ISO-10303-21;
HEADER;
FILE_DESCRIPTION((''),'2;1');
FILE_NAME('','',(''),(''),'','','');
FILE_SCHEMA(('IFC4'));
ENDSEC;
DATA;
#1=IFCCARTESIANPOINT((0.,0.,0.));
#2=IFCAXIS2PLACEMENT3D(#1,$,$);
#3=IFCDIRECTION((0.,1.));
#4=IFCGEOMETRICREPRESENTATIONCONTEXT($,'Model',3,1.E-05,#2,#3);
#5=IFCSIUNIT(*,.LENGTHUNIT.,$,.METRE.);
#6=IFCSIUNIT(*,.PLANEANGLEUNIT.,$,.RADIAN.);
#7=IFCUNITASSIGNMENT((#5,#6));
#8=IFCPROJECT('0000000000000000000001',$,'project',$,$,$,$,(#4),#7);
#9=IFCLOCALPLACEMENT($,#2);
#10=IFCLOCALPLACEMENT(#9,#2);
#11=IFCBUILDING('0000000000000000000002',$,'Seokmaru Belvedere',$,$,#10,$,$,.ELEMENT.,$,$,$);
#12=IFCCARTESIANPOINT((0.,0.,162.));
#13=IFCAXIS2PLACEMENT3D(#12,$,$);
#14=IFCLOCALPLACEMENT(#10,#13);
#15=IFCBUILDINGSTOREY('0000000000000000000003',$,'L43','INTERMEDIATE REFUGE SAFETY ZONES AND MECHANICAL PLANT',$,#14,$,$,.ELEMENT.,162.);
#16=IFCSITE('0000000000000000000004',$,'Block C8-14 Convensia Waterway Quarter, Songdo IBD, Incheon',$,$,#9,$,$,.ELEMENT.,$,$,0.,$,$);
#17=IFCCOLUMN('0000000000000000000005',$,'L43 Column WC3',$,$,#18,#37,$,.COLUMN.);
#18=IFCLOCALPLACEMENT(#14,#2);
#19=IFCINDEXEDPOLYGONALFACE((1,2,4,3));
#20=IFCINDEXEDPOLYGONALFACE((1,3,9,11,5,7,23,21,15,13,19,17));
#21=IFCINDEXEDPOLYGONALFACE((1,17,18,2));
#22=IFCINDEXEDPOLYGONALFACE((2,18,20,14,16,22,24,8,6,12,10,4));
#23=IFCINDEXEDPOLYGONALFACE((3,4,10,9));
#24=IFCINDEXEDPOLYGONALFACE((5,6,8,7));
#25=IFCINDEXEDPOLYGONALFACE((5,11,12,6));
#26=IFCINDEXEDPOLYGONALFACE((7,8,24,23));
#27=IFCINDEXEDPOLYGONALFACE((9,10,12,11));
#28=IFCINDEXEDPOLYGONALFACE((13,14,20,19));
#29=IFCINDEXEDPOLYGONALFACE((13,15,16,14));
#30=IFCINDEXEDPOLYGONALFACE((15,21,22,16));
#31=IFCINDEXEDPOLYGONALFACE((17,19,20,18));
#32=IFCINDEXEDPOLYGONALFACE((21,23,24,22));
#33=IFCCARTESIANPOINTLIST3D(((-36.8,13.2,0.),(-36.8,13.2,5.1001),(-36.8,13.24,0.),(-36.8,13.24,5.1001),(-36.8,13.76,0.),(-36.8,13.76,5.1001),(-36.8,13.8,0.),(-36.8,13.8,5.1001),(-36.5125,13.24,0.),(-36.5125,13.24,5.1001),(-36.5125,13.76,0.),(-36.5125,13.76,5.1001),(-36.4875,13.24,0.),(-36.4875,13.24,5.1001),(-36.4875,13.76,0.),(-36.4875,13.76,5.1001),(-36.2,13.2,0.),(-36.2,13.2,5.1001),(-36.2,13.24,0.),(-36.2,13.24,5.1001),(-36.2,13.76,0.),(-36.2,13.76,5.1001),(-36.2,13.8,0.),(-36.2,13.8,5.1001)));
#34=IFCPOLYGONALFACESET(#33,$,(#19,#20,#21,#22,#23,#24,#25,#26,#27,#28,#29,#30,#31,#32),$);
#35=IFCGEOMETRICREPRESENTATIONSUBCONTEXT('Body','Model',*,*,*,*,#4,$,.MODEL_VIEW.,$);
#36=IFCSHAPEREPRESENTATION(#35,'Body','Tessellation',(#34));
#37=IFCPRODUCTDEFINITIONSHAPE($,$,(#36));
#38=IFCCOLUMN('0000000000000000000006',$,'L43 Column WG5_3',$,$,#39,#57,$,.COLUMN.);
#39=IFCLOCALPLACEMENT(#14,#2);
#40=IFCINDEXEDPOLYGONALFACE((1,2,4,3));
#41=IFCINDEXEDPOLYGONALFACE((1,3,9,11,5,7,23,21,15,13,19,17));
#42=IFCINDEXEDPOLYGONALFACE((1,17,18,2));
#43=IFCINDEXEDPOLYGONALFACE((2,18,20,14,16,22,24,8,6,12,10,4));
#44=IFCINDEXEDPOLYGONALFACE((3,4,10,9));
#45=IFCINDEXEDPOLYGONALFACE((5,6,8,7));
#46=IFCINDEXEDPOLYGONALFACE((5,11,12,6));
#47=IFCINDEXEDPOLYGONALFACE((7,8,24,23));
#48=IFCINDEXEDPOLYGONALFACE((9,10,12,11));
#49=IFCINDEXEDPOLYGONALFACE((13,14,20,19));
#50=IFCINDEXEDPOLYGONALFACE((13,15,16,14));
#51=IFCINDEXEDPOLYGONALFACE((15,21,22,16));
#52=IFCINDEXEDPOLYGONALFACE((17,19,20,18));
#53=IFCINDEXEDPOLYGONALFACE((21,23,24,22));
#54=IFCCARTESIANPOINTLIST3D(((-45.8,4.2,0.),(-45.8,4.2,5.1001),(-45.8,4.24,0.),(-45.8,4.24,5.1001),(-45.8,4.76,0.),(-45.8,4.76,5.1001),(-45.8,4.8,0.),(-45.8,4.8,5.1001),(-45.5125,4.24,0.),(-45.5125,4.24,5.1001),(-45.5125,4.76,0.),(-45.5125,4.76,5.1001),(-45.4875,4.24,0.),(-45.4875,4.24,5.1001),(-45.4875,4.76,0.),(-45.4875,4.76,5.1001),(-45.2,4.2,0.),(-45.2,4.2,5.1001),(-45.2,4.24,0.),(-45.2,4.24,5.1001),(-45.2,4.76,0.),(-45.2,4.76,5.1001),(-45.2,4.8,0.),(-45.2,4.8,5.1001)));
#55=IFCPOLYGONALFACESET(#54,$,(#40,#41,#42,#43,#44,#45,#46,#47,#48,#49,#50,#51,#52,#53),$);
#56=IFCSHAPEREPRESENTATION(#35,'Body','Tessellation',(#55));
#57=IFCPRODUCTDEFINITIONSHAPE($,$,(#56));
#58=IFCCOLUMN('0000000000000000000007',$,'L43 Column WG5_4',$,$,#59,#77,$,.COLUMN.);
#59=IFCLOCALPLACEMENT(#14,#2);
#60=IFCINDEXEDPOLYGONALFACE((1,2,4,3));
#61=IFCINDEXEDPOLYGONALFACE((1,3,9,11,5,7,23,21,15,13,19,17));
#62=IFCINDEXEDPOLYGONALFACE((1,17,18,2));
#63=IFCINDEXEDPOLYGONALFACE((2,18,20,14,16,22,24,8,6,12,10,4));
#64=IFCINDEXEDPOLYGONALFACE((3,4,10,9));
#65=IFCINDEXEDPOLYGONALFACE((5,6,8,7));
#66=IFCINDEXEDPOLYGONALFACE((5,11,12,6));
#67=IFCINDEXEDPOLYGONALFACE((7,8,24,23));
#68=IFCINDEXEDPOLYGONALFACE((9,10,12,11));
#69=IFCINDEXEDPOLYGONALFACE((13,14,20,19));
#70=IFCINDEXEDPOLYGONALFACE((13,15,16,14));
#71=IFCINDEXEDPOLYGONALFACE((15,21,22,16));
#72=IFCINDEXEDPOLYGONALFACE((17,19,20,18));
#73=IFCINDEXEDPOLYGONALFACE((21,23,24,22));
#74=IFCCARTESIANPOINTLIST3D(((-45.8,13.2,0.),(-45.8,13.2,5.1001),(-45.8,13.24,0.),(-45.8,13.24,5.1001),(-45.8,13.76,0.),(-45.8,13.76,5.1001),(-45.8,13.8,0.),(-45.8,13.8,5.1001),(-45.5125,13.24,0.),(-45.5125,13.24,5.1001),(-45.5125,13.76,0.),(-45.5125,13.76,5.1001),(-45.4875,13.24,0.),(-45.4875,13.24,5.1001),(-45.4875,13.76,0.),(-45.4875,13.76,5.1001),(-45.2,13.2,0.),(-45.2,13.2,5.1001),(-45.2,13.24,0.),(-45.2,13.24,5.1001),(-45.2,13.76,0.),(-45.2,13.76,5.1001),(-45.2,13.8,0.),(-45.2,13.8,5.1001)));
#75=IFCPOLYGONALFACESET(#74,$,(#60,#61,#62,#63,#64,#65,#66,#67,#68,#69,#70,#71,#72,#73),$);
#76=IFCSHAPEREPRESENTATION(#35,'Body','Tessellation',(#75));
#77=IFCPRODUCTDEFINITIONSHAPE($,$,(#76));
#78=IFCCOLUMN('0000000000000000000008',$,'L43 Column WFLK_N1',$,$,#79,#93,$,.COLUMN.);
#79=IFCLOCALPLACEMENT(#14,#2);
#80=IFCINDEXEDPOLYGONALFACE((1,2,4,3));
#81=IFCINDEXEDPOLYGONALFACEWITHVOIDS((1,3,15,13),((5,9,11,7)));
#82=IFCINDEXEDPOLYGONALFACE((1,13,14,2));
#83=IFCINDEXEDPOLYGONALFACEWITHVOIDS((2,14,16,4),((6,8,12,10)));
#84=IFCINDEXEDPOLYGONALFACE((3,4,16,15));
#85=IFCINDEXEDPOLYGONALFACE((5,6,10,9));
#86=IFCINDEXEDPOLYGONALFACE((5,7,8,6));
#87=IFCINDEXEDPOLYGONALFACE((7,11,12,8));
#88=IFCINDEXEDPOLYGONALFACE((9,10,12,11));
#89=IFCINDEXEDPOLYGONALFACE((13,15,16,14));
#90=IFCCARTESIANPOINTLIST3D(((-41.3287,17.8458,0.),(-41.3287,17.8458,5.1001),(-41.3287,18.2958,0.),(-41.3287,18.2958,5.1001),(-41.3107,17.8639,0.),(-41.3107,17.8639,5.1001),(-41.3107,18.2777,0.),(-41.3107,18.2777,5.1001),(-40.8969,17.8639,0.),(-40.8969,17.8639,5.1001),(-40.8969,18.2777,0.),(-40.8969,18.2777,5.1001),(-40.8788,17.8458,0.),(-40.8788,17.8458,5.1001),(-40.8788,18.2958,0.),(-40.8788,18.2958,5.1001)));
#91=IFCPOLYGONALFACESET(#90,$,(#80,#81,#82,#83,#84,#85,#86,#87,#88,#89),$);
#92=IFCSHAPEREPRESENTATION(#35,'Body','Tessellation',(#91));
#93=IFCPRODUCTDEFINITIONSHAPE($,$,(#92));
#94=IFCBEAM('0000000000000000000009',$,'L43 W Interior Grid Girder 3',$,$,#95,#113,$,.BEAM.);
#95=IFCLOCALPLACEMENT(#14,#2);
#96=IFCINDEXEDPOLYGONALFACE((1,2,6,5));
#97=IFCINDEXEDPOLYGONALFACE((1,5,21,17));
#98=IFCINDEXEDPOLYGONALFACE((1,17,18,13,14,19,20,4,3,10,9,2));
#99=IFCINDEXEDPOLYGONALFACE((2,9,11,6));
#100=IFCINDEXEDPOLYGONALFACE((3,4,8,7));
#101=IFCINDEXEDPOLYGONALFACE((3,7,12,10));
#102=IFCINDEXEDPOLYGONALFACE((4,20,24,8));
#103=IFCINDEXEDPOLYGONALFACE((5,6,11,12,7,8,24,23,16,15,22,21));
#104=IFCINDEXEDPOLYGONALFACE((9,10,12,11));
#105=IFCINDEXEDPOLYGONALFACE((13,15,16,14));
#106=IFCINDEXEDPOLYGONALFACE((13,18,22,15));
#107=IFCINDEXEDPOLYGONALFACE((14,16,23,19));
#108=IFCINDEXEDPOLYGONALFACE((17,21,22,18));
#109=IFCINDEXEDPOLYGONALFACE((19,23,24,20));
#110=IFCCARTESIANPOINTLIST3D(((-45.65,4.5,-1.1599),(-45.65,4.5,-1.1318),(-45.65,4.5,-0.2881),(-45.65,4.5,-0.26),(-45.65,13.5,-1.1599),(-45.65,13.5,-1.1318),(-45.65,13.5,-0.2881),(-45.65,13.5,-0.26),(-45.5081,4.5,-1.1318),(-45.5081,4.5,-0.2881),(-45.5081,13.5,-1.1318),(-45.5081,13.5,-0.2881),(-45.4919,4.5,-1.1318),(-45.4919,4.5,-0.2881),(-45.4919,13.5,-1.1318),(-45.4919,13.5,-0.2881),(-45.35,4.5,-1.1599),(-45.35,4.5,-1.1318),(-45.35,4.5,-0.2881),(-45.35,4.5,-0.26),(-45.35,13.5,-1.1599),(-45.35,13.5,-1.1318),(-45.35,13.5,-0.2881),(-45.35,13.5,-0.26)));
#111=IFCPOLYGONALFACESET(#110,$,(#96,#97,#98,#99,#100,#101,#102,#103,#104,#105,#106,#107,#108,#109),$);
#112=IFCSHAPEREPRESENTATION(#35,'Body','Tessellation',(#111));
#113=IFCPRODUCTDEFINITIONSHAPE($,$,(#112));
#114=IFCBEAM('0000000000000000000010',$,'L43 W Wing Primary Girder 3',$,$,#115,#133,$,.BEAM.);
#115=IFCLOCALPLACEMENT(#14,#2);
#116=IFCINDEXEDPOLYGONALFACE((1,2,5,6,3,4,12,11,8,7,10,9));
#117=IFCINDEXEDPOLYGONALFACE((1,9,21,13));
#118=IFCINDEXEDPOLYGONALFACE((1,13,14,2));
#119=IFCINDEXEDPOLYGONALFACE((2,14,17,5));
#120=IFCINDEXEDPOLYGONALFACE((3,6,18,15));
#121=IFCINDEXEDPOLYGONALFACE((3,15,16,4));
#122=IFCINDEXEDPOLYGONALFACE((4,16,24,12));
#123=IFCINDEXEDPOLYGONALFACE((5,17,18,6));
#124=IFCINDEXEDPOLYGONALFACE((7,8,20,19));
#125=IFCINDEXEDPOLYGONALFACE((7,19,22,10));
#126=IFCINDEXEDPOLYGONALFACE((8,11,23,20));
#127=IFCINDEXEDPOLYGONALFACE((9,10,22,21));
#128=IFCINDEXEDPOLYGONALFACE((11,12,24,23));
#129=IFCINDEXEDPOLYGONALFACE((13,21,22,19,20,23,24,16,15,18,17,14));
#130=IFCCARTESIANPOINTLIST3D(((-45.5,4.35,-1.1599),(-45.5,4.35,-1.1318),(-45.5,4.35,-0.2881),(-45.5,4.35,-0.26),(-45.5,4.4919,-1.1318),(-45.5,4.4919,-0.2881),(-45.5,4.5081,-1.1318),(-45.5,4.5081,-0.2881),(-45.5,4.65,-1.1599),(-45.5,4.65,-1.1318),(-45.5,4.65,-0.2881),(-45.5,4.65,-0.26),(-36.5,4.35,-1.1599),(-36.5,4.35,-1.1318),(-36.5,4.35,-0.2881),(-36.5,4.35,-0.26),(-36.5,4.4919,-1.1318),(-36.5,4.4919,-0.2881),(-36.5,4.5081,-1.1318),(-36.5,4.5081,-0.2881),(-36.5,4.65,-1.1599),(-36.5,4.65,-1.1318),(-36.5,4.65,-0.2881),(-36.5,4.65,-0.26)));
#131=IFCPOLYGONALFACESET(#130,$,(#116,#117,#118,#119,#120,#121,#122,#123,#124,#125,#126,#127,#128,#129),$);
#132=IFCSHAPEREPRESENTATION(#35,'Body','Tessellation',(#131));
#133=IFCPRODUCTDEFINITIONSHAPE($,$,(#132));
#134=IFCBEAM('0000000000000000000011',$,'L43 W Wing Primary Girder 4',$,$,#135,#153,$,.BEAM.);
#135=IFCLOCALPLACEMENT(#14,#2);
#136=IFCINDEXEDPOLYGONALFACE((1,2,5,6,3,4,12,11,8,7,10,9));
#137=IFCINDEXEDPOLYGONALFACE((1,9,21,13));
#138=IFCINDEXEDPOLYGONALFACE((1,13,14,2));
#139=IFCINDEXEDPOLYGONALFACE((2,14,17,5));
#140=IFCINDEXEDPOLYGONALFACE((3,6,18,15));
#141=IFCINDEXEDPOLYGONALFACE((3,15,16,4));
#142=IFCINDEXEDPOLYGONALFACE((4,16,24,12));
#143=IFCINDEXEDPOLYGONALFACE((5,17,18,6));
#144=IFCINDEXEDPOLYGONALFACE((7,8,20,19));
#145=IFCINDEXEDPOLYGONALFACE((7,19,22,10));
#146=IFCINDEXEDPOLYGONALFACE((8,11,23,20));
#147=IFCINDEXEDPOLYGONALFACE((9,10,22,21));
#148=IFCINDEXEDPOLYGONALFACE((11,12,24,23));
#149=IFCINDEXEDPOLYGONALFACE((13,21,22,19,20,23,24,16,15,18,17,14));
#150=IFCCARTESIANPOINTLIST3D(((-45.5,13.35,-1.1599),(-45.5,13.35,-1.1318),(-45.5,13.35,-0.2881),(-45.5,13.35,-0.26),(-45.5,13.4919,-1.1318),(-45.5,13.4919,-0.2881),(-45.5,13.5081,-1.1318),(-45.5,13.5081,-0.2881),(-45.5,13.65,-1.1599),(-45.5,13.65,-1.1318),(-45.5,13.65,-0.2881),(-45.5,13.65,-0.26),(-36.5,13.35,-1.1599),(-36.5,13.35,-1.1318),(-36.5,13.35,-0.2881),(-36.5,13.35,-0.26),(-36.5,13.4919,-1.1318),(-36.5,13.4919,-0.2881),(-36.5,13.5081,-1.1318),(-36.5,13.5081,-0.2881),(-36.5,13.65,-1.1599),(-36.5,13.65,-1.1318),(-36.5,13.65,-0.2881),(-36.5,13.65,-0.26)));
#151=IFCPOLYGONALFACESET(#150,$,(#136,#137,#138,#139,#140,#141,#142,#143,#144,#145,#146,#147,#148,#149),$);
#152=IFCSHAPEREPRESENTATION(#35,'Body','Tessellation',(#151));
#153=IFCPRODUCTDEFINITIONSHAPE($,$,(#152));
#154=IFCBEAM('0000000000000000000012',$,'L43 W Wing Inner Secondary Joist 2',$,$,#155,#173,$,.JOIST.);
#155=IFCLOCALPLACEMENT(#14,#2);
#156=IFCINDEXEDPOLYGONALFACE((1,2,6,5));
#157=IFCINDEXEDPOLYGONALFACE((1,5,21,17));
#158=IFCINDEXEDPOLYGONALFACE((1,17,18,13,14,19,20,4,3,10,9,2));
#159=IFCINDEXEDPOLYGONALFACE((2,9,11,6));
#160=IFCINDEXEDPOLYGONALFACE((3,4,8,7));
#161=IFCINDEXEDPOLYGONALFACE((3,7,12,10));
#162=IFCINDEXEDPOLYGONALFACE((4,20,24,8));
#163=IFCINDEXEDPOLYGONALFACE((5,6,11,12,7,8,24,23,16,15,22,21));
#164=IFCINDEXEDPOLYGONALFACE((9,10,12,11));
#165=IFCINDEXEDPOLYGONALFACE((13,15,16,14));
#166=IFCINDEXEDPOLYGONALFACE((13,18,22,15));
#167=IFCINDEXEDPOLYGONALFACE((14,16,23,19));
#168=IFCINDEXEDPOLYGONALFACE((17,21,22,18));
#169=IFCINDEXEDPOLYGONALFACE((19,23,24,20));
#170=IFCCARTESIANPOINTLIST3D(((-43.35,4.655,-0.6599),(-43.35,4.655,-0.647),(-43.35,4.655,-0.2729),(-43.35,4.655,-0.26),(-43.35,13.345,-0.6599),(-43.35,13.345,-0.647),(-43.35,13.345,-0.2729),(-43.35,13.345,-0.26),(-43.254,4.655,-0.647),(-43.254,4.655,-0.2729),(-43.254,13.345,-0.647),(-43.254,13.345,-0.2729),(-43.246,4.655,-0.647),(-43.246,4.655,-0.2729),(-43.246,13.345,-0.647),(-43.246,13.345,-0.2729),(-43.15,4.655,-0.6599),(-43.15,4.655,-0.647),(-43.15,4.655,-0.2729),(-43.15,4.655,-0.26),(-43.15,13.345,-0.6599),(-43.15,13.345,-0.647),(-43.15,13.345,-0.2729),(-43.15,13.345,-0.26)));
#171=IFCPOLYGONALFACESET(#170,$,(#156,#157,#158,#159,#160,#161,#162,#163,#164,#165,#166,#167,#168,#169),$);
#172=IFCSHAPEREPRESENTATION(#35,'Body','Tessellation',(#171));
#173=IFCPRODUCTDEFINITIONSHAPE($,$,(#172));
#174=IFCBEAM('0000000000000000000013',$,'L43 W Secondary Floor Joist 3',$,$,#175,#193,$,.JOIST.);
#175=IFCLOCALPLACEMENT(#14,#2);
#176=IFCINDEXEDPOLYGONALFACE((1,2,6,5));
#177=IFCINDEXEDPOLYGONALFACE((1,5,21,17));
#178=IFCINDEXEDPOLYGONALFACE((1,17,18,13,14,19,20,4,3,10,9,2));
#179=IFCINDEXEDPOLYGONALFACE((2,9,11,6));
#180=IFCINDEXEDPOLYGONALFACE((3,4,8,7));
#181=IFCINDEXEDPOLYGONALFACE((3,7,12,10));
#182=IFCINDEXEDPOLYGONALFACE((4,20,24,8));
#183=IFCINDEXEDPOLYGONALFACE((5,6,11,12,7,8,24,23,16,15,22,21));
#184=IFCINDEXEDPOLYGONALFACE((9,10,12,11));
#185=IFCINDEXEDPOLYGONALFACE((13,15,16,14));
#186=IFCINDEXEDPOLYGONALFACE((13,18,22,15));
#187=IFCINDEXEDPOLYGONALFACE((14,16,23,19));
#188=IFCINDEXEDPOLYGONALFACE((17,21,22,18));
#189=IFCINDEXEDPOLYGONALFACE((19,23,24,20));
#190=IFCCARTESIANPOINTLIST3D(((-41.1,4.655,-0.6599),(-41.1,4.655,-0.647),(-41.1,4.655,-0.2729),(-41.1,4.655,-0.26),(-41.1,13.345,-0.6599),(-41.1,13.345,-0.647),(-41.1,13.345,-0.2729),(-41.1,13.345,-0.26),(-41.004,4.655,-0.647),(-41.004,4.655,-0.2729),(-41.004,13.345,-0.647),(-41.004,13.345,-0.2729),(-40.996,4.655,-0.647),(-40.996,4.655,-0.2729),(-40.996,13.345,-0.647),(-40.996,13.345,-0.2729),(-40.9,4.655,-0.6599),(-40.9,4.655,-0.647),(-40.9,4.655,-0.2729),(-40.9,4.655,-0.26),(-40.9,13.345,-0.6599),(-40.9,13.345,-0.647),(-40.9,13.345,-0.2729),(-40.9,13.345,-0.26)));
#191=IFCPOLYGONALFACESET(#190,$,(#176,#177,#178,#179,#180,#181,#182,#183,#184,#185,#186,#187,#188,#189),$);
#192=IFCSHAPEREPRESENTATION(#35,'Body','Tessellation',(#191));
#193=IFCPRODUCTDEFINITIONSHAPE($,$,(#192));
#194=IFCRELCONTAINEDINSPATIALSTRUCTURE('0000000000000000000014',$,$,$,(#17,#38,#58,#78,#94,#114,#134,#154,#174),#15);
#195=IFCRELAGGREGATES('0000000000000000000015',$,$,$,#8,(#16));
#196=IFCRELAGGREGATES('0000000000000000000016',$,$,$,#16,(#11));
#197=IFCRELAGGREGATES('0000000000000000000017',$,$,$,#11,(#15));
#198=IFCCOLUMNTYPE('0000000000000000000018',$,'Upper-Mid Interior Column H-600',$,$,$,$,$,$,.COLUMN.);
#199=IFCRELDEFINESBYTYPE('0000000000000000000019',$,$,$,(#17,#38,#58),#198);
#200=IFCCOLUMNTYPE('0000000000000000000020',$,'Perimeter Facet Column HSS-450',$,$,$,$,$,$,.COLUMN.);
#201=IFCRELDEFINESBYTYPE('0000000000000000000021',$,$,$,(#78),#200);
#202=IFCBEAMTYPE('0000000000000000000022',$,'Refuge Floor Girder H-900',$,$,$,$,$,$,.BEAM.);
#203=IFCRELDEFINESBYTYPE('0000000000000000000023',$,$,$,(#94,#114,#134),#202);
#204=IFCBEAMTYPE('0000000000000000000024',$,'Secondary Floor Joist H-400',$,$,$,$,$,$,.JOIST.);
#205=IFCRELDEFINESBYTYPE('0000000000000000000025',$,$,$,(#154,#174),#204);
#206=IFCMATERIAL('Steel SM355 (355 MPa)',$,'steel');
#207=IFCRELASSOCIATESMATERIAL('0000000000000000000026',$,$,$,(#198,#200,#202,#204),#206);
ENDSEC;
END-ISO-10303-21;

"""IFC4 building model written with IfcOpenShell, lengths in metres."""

from ifc_helpers import new_model, si_unit, direction, frame, origin, origin_2d, place, context, subcontext, project, spatial, hollow_rectangle, i_section, extrude, source, transform, mapped, material, material_profile, profile_set, type_object, type_shapes, element, save


model = new_model("IFC4")

# Units and contexts
model_context = context("Model", 3, precision=1e-05, world=origin(), true_north=direction((0.0, 1.0)))
body_context = subcontext(model_context, "Body", "Model", "MODEL_VIEW")
ifc_project = project(units=[si_unit("LENGTHUNIT", "METRE"), si_unit("PLANEANGLEUNIT", "RADIAN")], contexts=[model_context])

# Site, building, storey
site_placement = place(None, origin())
site = spatial("IfcSite", under=ifc_project, at=site_placement, Name="Block C8-14 Convensia Waterway Quarter, Songdo IBD, Incheon", CompositionType="ELEMENT", RefElevation=0.0)
building_placement = place(site_placement, origin())
building = spatial("IfcBuilding", under=site, at=building_placement, Name="Seokmaru Belvedere", CompositionType="ELEMENT")
storey_placement = place(building_placement, frame((0.0, 0.0, 162.0)))
storey = spatial("IfcBuildingStorey", under=building, at=storey_placement, Name="L43", Description="INTERMEDIATE REFUGE SAFETY ZONES AND MECHANICAL PLANT", CompositionType="ELEMENT", Elevation=162.0)

# Columns
ifc_material_1 = material(Name="Steel SM355 (355 MPa)", Category="steel")
ifc_material_profile_1 = material_profile(ifc_material_1, i_section(OverallWidth=0.6001, OverallDepth=0.6001, WebThickness=0.0249, FlangeThickness=0.04, at=origin_2d()), Name="H-600x600x25x40")
ifc_profile_set_1 = profile_set([ifc_material_profile_1], Name="Steel SM355 (355 MPa)")
column_type_1 = type_object("IfcColumnType", Name="Upper-Mid Interior Column H-600", PredefinedType="COLUMN", material=ifc_profile_set_1)
shared_shape_1 = source(origin(), body_context, "Body", "SweptSolid", [
    extrude(i_section(OverallWidth=0.6001, OverallDepth=0.6001, WebThickness=0.0249, FlangeThickness=0.04, at=origin_2d()), origin(), (0.0, 0.0, 1.0), 5.1001),
])
type_shapes(column_type_1, [shared_shape_1])
for number, where, z_axis, x_axis, name in (
    (1, (-36.5, 13.5, 0.0), (0.0, 0.0, 1.0), (1.0, 0.0, 0.0), "L43 Column WC3"),
    (2, (-45.5, 4.5, 0.0), (0.0, 0.0, 1.0), (1.0, 0.0, 0.0), "L43 Column WG5_3"),
    (3, (-45.5, 13.5, 0.0), (0.0, 0.0, 1.0), (1.0, 0.0, 0.0), "L43 Column WG5_4"),
):
    element("IfcColumn", number, at=place(storey_placement, frame(where, z_axis=z_axis, x_axis=x_axis)), inside=storey, type_object=column_type_1, Name=name, PredefinedType="COLUMN", context=body_context, shape_type="MappedRepresentation", body=[
        mapped(shared_shape_1, transform((0.0, 0.0, 0.0), scale=1.0)),
    ])
ifc_material_profile_2 = material_profile(ifc_material_1, hollow_rectangle(XDim=0.45, YDim=0.45, WallThickness=0.0181, at=origin_2d()), Name="HSS-450x450x18")
ifc_profile_set_2 = profile_set([ifc_material_profile_2], Name="Steel SM355 (355 MPa)")
column_type_2 = type_object("IfcColumnType", Name="Perimeter Facet Column HSS-450", PredefinedType="COLUMN", material=ifc_profile_set_2)
shared_shape_2 = source(origin(), body_context, "Body", "SweptSolid", [
    extrude(hollow_rectangle(XDim=0.45, YDim=0.45, WallThickness=0.0181, at=origin_2d()), origin(), (0.0, 0.0, 1.0), 5.1001),
])
type_shapes(column_type_2, [shared_shape_2])
column_placement = place(storey_placement, frame((-41.1038, 18.0708, 0.0), z_axis=(0.0, 0.0, 1.0), x_axis=(1.0, 0.0, 0.0)))
element("IfcColumn", 4, at=column_placement, inside=storey, type_object=column_type_2, Name="L43 Column WFLK_N1", PredefinedType="COLUMN", context=body_context, shape_type="MappedRepresentation", body=[
    mapped(shared_shape_2, transform((0.0, 0.0, 0.0), scale=1.0)),
])

# Beams
ifc_material_profile_3 = material_profile(ifc_material_1, i_section(OverallWidth=0.3, OverallDepth=0.8999, WebThickness=0.0161, FlangeThickness=0.0281, at=origin_2d()), Name="H-900x300x16x28")
ifc_profile_set_3 = profile_set([ifc_material_profile_3], Name="Steel SM355 (355 MPa)")
beam_type_1 = type_object("IfcBeamType", Name="Refuge Floor Girder H-900", PredefinedType="BEAM", material=ifc_profile_set_3)
shared_shape_3 = source(origin(), body_context, "Body", "SweptSolid", [
    extrude(i_section(OverallWidth=0.3, OverallDepth=0.8999, WebThickness=0.0161, FlangeThickness=0.0281, at=origin_2d()), origin(), (0.0, 0.0, 1.0), 9.0),
])
for number, where, z_axis, x_axis, name in (
    (5, (-45.5, 4.5, -0.71), (0.0, 1.0, 0.0), (-1.0, 0.0, 0.0), "L43 W Interior Grid Girder 3"),
    (6, (-45.5, 4.5, -0.71), (1.0, 0.0, 0.0), (0.0, 1.0, 0.0), "L43 W Wing Primary Girder 3"),
    (7, (-45.5, 13.5, -0.71), (1.0, 0.0, 0.0), (0.0, 1.0, 0.0), "L43 W Wing Primary Girder 4"),
):
    element("IfcBeam", number, at=place(storey_placement, frame(where, z_axis=z_axis, x_axis=x_axis)), inside=storey, type_object=beam_type_1, Name=name, PredefinedType="BEAM", context=body_context, shape_type="MappedRepresentation", body=[
        mapped(shared_shape_3, transform((0.0, 0.0, 0.0), scale=1.0)),
    ])
ifc_material_profile_4 = material_profile(ifc_material_1, i_section(OverallWidth=0.2, OverallDepth=0.3999, WebThickness=0.0081, FlangeThickness=0.0129, at=origin_2d()), Name="H-400x200x8x13")
ifc_profile_set_4 = profile_set([ifc_material_profile_4], Name="Steel SM355 (355 MPa)")
beam_type_2 = type_object("IfcBeamType", Name="Secondary Floor Joist H-400", PredefinedType="JOIST", material=ifc_profile_set_4)
shared_shape_4 = source(origin(), body_context, "Body", "SweptSolid", [
    extrude(i_section(OverallWidth=0.2, OverallDepth=0.3999, WebThickness=0.0081, FlangeThickness=0.0129, at=origin_2d()), origin(), (0.0, 0.0, 1.0), 8.6899),
])
type_shapes(beam_type_2, [shared_shape_4])
for number, where, z_axis, x_axis, name in (
    (8, (-43.25, 4.655, -0.46), (0.0, 1.0, 0.0), (-1.0, 0.0, 0.0), "L43 W Wing Inner Secondary Joist 2"),
    (9, (-41.0, 4.655, -0.46), (0.0, 1.0, 0.0), (-1.0, 0.0, 0.0), "L43 W Secondary Floor Joist 3"),
):
    element("IfcBeam", number, at=place(storey_placement, frame(where, z_axis=z_axis, x_axis=x_axis)), inside=storey, type_object=beam_type_2, Name=name, PredefinedType="JOIST", context=body_context, shape_type="MappedRepresentation", body=[
        mapped(shared_shape_4, transform((0.0, 0.0, 0.0), scale=1.0)),
    ])

save(model, "model.ifc")
